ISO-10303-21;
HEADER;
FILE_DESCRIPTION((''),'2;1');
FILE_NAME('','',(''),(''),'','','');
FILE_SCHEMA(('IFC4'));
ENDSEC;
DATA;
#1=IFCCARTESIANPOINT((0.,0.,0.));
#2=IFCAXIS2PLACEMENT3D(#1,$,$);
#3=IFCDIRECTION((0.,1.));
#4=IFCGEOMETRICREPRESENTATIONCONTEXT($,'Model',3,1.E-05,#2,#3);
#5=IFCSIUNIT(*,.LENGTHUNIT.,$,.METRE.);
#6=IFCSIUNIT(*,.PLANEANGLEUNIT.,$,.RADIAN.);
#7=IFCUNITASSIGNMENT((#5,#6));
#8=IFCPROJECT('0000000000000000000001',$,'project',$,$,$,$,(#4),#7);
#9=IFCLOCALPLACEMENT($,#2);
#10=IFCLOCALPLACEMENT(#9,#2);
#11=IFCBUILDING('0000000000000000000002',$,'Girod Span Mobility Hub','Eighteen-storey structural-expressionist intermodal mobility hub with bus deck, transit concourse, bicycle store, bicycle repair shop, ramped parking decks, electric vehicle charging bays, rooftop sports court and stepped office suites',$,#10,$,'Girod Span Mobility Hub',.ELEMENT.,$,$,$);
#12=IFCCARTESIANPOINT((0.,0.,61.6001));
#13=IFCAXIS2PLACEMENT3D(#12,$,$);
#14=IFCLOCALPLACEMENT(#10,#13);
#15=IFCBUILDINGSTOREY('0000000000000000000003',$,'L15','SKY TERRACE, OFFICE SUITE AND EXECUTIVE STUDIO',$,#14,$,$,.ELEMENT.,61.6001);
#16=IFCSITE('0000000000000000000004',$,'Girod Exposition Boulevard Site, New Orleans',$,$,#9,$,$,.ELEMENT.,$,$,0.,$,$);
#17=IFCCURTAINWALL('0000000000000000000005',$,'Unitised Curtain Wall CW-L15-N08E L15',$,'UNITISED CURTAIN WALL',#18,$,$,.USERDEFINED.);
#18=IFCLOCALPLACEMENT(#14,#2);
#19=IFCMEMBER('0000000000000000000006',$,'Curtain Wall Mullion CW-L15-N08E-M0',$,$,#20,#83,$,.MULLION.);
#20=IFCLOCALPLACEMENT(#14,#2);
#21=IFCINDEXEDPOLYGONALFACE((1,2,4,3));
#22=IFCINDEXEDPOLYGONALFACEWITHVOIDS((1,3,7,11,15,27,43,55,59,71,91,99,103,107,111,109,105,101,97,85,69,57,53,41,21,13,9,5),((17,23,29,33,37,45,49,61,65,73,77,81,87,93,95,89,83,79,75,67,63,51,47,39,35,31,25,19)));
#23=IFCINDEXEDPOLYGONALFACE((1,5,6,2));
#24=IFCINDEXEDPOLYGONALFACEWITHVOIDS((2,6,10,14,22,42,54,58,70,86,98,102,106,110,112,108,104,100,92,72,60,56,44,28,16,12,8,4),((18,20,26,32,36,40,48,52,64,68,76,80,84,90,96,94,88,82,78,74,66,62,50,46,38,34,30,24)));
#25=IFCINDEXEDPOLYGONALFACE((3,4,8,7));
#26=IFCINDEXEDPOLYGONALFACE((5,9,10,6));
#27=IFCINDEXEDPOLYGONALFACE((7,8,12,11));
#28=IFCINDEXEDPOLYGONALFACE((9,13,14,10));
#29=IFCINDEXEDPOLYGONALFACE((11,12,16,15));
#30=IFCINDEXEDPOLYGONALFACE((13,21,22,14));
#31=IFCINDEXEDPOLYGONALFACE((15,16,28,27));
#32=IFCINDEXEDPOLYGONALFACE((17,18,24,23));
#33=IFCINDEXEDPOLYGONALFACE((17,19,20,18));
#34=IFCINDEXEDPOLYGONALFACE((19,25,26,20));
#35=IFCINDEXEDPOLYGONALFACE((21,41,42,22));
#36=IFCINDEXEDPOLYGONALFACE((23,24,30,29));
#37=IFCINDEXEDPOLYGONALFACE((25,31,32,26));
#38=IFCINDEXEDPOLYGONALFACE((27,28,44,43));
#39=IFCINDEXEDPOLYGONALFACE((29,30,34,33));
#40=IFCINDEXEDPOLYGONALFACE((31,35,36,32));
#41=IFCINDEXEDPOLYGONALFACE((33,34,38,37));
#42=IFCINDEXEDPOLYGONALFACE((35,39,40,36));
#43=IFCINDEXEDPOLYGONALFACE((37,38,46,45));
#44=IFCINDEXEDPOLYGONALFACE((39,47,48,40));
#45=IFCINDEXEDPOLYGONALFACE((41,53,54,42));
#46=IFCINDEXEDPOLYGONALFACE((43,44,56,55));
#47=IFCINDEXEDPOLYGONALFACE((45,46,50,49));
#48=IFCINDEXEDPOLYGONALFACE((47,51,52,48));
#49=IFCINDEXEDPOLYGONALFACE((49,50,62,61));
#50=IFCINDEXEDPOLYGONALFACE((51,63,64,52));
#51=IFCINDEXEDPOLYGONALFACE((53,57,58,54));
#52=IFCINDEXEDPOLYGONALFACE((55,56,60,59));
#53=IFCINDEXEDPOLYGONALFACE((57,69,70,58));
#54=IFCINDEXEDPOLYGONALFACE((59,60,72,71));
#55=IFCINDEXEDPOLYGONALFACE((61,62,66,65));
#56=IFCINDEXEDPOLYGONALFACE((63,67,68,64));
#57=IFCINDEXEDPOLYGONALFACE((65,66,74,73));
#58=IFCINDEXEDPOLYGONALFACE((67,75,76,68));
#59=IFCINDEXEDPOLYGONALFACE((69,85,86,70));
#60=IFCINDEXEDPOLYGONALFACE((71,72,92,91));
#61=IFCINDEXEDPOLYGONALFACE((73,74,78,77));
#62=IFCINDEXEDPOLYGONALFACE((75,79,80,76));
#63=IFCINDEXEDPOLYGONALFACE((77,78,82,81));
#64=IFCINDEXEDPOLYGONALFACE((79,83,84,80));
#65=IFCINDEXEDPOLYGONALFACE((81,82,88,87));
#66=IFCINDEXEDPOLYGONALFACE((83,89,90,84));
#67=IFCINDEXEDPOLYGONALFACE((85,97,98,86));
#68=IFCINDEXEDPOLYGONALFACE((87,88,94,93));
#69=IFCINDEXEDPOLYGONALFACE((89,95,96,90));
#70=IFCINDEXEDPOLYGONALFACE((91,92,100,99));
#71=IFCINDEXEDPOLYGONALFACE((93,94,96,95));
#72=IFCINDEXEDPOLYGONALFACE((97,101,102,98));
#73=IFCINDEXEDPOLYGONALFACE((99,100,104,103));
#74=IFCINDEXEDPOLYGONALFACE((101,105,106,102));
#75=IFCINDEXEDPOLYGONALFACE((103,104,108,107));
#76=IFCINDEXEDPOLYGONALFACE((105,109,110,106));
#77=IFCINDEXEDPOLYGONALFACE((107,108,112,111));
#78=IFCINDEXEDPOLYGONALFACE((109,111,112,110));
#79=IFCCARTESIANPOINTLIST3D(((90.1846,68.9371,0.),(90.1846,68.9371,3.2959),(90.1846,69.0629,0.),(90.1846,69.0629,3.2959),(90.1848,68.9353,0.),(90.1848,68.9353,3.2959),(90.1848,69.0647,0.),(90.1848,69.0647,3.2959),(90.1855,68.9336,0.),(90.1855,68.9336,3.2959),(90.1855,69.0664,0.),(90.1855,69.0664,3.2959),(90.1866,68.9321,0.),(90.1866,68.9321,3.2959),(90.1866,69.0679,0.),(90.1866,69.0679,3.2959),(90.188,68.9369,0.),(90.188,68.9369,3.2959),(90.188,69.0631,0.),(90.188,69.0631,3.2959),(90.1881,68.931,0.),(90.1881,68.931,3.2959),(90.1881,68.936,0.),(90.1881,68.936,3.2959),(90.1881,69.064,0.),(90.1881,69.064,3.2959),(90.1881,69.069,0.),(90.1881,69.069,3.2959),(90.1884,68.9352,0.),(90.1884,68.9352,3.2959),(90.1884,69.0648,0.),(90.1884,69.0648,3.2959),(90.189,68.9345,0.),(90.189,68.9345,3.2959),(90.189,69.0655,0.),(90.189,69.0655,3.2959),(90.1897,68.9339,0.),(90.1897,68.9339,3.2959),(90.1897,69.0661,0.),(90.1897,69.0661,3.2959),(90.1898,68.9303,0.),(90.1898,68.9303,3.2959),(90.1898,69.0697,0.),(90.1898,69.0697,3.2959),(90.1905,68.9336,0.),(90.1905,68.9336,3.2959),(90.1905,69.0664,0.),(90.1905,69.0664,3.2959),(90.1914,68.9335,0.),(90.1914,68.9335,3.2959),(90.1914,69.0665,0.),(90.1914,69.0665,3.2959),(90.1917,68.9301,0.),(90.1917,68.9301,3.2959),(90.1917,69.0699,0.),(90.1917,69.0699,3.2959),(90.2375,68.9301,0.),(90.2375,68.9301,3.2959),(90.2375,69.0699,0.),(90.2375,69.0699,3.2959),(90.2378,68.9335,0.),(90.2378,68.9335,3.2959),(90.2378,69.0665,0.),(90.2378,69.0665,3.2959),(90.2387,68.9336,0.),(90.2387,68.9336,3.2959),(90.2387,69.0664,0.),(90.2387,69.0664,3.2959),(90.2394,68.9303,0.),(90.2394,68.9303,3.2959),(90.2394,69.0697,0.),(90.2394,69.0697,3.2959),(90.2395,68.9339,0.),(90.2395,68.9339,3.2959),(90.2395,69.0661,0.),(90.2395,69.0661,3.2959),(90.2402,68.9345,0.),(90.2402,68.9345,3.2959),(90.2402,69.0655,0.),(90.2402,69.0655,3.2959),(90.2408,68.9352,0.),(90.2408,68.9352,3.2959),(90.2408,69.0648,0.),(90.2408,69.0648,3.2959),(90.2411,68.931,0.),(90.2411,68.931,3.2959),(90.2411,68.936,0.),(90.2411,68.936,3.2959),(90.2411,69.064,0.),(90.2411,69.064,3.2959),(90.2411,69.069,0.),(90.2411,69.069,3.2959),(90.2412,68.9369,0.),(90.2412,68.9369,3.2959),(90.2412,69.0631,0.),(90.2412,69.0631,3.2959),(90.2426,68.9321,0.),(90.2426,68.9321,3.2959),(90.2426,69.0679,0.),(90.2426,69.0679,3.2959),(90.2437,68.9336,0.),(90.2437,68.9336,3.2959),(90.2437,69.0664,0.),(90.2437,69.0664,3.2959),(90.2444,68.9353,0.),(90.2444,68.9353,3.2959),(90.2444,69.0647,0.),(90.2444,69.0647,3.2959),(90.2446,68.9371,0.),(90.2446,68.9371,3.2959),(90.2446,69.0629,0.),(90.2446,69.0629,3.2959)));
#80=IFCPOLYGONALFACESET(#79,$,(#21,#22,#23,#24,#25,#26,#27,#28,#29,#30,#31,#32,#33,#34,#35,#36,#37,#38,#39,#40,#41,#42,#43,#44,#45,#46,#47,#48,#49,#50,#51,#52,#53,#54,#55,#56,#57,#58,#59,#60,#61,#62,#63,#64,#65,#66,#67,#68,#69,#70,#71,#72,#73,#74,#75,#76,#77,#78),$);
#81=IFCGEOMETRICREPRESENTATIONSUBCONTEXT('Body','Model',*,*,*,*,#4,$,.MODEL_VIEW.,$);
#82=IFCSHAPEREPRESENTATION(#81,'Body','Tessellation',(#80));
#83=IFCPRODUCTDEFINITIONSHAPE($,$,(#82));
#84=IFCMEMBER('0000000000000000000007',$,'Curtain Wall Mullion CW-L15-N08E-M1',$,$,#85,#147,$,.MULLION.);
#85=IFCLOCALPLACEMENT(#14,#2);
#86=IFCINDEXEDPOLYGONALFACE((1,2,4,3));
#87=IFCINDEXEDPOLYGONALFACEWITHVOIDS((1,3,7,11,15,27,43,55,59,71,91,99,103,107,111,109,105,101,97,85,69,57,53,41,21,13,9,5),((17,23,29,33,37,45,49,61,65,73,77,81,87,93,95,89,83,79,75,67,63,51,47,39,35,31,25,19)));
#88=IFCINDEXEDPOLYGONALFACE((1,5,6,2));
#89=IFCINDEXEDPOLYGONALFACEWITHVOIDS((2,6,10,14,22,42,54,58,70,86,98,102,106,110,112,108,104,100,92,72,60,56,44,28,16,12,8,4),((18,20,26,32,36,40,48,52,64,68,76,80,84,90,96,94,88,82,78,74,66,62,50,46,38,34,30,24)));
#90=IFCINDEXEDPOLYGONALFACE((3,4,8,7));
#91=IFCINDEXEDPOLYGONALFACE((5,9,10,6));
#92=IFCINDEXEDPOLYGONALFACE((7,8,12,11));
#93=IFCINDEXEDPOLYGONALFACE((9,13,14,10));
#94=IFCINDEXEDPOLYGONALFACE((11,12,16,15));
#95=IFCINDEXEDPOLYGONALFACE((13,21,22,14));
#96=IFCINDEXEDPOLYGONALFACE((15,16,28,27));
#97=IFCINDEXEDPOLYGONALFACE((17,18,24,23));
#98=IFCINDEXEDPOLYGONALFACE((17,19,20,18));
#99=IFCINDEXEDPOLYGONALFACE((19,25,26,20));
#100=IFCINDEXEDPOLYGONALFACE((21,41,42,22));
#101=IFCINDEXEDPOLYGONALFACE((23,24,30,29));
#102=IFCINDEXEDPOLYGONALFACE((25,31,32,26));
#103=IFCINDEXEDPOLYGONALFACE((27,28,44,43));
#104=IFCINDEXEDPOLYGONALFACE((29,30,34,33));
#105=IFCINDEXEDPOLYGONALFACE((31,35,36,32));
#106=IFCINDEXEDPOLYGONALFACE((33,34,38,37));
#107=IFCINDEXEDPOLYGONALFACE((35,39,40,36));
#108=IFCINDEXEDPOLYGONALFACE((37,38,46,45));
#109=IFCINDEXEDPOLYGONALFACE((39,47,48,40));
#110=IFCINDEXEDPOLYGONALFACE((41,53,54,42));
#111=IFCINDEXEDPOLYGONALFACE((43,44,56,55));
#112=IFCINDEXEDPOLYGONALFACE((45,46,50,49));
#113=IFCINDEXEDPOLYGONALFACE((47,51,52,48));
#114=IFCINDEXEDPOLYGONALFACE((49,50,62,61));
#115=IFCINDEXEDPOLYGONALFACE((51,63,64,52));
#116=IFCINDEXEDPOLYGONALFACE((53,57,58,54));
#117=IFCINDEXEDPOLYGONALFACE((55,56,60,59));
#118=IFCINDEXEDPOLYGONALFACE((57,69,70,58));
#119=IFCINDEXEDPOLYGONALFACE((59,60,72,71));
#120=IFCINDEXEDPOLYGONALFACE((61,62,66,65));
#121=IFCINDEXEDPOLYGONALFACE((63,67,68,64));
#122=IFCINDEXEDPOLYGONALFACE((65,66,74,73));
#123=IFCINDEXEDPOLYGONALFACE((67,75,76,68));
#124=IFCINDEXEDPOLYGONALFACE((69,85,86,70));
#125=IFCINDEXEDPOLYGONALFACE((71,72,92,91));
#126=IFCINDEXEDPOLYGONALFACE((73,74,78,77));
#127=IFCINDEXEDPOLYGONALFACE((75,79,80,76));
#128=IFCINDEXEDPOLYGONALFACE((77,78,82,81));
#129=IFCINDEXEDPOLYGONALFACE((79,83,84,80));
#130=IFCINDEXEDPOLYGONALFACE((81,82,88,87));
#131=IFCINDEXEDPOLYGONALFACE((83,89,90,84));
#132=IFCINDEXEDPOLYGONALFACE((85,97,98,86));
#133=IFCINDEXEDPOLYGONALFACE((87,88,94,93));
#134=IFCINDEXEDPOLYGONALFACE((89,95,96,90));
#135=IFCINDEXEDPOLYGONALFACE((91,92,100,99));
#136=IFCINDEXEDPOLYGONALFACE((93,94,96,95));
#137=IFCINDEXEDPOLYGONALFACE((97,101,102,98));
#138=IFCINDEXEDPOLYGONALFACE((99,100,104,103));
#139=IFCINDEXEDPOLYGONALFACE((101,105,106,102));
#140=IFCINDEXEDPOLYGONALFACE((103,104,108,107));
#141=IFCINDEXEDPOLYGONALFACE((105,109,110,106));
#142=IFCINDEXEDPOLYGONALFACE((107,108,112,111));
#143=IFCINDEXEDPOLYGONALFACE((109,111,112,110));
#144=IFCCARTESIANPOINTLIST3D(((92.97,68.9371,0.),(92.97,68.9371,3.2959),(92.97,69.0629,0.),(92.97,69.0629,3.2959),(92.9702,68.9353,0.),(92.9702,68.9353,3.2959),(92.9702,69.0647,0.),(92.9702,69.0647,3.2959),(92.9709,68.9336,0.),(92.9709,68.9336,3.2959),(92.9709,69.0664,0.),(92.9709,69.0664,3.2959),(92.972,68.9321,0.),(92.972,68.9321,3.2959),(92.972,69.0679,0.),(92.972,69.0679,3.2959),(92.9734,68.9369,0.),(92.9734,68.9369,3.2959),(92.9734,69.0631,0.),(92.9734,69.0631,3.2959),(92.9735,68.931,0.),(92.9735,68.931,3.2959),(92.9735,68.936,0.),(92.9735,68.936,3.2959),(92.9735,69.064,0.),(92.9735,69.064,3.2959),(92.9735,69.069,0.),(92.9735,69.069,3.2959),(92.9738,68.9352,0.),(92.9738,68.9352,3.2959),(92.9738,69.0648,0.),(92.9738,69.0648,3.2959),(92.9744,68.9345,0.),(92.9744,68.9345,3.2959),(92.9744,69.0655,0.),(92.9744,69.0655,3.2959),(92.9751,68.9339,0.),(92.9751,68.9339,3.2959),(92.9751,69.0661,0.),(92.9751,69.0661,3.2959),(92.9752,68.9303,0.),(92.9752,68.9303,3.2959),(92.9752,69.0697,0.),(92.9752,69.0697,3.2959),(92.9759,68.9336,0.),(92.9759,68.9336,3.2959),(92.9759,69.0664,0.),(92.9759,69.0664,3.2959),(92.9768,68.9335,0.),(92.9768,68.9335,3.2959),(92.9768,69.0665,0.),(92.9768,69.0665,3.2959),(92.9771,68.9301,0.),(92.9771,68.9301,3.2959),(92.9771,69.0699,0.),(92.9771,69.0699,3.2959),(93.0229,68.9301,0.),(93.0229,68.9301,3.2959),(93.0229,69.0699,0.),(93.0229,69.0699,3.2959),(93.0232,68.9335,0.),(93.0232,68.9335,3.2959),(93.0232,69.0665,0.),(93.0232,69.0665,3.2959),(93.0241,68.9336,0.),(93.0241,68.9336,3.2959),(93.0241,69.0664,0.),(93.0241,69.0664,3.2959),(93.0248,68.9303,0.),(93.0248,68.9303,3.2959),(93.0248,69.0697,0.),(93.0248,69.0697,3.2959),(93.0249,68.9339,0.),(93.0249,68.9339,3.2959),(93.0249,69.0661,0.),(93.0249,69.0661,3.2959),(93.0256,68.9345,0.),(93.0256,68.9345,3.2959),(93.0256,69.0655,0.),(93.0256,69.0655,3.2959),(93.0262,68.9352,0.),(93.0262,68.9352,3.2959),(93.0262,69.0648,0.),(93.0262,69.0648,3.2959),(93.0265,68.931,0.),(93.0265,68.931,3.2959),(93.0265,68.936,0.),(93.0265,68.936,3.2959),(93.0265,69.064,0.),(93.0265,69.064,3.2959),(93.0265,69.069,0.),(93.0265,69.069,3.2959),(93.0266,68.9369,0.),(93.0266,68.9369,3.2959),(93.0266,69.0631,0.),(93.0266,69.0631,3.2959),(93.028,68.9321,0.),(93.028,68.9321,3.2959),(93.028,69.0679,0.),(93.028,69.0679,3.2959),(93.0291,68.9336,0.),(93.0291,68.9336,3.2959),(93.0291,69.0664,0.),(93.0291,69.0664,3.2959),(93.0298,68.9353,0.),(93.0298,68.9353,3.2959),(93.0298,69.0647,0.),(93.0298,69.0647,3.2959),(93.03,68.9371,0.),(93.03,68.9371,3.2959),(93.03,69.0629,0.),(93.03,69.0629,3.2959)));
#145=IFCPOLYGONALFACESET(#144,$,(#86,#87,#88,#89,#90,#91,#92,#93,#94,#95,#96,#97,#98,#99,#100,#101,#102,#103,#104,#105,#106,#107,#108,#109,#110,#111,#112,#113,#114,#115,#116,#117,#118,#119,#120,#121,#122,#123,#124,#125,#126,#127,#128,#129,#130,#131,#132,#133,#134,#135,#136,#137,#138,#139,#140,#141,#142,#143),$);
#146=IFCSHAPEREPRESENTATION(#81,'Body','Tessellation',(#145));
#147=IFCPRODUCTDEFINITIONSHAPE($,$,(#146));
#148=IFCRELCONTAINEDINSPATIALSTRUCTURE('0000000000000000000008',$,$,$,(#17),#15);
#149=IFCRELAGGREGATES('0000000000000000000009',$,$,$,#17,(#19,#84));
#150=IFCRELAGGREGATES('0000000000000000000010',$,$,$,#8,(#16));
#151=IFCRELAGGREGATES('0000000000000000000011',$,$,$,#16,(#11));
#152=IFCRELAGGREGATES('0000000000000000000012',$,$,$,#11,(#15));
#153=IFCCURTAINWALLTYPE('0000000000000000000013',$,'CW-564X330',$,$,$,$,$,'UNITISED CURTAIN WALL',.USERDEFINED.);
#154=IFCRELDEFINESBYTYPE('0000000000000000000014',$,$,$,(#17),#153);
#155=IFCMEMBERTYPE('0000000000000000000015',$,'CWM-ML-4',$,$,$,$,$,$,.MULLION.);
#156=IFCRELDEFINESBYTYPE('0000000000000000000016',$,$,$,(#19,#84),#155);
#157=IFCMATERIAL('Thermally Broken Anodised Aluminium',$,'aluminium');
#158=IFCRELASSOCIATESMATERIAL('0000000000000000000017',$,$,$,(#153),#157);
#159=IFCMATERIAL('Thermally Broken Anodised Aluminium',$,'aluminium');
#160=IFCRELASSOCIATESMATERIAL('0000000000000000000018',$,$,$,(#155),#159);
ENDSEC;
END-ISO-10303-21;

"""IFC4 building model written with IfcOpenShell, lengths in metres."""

from ifc_helpers import new_model, si_unit, direction, frame, origin, origin_2d, place, context, subcontext, project, spatial, hollow_rectangle, extrude, material, material_profile, profile_set, type_object, element, aggregate, save


model = new_model("IFC4")

# Units and contexts
model_context = context("Model", 3, precision=1e-05, world=origin(), true_north=direction((0.0, 1.0)))
body_context = subcontext(model_context, "Body", "Model", "MODEL_VIEW")
ifc_project = project(units=[si_unit("LENGTHUNIT", "METRE"), si_unit("PLANEANGLEUNIT", "RADIAN")], contexts=[model_context])

# Site, building, storey
site_placement = place(None, origin())
site = spatial("IfcSite", under=ifc_project, at=site_placement, Name="Girod Exposition Boulevard Site, New Orleans", CompositionType="ELEMENT", RefElevation=0.0)
building_placement = place(site_placement, origin())
building = spatial("IfcBuilding", under=site, at=building_placement, Name="Girod Span Mobility Hub", Description="Eighteen-storey structural-expressionist intermodal mobility hub with bus deck, transit concourse, bicycle store, bicycle repair shop, ramped parking decks, electric vehicle charging bays, rooftop sports court and stepped office suites", LongName="Girod Span Mobility Hub", CompositionType="ELEMENT")
storey_placement = place(building_placement, frame((0.0, 0.0, 61.6001)))
storey = spatial("IfcBuildingStorey", under=building, at=storey_placement, Name="L15", Description="SKY TERRACE, OFFICE SUITE AND EXECUTIVE STUDIO", CompositionType="ELEMENT", Elevation=61.6001)

# Curtain wall, members
ifc_material_1 = material(Name="Thermally Broken Anodised Aluminium", Category="aluminium")
curtain_wall_type = type_object("IfcCurtainWallType", Name="CW-564X330", ElementType="UNITISED CURTAIN WALL", PredefinedType="USERDEFINED", material=ifc_material_1)
ifc_material_2 = material(Name="Thermally Broken Anodised Aluminium", Category="aluminium")
ifc_material_profile_1 = material_profile(ifc_material_2, hollow_rectangle(XDim=0.1399, YDim=0.0601, WallThickness=0.0034, InnerFilletRadius=0.0034, OuterFilletRadius=0.0071, at=origin_2d()), Name="CW-ML-60X140")
ifc_profile_set_1 = profile_set([ifc_material_profile_1], Name="Thermally Broken Anodised Aluminium")
member_type_1 = type_object("IfcMemberType", Name="CWM-ML-4", PredefinedType="MULLION", material=ifc_profile_set_1)
curtain_wall_1_placement = place(storey_placement, origin())
curtain_wall_1 = element("IfcCurtainWall", 1, at=curtain_wall_1_placement, inside=storey, type_object=curtain_wall_type, Name="Unitised Curtain Wall CW-L15-N08E L15", ObjectType="UNITISED CURTAIN WALL", PredefinedType="USERDEFINED")
member_1_placement = place(storey_placement, frame((90.2146, 69.0, 0.0), z_axis=(0.0, 0.0, 1.0), x_axis=(0.0, 1.0, 0.0)))
member_1 = element("IfcMember", 2, at=member_1_placement, type_object=member_type_1, Name="Curtain Wall Mullion CW-L15-N08E-M0", PredefinedType="MULLION", context=body_context, shape_type="SweptSolid", body=[
    extrude(hollow_rectangle(XDim=0.1399, YDim=0.0601, WallThickness=0.0034, InnerFilletRadius=0.0034, OuterFilletRadius=0.0071, at=origin_2d()), origin(), (0.0, 0.0, 1.0), 3.2959),
])
member_2_placement = place(storey_placement, frame((93.0, 69.0, 0.0), z_axis=(0.0, 0.0, 1.0), x_axis=(0.0, 1.0, 0.0)))
member_2 = element("IfcMember", 3, at=member_2_placement, type_object=member_type_1, Name="Curtain Wall Mullion CW-L15-N08E-M1", PredefinedType="MULLION", context=body_context, shape_type="SweptSolid", body=[
    extrude(hollow_rectangle(XDim=0.1399, YDim=0.0601, WallThickness=0.0034, InnerFilletRadius=0.0034, OuterFilletRadius=0.0071, at=origin_2d()), origin(), (0.0, 0.0, 1.0), 3.2959),
])

aggregate(curtain_wall_1, [member_1, member_2])

save(model, "model.ifc")
